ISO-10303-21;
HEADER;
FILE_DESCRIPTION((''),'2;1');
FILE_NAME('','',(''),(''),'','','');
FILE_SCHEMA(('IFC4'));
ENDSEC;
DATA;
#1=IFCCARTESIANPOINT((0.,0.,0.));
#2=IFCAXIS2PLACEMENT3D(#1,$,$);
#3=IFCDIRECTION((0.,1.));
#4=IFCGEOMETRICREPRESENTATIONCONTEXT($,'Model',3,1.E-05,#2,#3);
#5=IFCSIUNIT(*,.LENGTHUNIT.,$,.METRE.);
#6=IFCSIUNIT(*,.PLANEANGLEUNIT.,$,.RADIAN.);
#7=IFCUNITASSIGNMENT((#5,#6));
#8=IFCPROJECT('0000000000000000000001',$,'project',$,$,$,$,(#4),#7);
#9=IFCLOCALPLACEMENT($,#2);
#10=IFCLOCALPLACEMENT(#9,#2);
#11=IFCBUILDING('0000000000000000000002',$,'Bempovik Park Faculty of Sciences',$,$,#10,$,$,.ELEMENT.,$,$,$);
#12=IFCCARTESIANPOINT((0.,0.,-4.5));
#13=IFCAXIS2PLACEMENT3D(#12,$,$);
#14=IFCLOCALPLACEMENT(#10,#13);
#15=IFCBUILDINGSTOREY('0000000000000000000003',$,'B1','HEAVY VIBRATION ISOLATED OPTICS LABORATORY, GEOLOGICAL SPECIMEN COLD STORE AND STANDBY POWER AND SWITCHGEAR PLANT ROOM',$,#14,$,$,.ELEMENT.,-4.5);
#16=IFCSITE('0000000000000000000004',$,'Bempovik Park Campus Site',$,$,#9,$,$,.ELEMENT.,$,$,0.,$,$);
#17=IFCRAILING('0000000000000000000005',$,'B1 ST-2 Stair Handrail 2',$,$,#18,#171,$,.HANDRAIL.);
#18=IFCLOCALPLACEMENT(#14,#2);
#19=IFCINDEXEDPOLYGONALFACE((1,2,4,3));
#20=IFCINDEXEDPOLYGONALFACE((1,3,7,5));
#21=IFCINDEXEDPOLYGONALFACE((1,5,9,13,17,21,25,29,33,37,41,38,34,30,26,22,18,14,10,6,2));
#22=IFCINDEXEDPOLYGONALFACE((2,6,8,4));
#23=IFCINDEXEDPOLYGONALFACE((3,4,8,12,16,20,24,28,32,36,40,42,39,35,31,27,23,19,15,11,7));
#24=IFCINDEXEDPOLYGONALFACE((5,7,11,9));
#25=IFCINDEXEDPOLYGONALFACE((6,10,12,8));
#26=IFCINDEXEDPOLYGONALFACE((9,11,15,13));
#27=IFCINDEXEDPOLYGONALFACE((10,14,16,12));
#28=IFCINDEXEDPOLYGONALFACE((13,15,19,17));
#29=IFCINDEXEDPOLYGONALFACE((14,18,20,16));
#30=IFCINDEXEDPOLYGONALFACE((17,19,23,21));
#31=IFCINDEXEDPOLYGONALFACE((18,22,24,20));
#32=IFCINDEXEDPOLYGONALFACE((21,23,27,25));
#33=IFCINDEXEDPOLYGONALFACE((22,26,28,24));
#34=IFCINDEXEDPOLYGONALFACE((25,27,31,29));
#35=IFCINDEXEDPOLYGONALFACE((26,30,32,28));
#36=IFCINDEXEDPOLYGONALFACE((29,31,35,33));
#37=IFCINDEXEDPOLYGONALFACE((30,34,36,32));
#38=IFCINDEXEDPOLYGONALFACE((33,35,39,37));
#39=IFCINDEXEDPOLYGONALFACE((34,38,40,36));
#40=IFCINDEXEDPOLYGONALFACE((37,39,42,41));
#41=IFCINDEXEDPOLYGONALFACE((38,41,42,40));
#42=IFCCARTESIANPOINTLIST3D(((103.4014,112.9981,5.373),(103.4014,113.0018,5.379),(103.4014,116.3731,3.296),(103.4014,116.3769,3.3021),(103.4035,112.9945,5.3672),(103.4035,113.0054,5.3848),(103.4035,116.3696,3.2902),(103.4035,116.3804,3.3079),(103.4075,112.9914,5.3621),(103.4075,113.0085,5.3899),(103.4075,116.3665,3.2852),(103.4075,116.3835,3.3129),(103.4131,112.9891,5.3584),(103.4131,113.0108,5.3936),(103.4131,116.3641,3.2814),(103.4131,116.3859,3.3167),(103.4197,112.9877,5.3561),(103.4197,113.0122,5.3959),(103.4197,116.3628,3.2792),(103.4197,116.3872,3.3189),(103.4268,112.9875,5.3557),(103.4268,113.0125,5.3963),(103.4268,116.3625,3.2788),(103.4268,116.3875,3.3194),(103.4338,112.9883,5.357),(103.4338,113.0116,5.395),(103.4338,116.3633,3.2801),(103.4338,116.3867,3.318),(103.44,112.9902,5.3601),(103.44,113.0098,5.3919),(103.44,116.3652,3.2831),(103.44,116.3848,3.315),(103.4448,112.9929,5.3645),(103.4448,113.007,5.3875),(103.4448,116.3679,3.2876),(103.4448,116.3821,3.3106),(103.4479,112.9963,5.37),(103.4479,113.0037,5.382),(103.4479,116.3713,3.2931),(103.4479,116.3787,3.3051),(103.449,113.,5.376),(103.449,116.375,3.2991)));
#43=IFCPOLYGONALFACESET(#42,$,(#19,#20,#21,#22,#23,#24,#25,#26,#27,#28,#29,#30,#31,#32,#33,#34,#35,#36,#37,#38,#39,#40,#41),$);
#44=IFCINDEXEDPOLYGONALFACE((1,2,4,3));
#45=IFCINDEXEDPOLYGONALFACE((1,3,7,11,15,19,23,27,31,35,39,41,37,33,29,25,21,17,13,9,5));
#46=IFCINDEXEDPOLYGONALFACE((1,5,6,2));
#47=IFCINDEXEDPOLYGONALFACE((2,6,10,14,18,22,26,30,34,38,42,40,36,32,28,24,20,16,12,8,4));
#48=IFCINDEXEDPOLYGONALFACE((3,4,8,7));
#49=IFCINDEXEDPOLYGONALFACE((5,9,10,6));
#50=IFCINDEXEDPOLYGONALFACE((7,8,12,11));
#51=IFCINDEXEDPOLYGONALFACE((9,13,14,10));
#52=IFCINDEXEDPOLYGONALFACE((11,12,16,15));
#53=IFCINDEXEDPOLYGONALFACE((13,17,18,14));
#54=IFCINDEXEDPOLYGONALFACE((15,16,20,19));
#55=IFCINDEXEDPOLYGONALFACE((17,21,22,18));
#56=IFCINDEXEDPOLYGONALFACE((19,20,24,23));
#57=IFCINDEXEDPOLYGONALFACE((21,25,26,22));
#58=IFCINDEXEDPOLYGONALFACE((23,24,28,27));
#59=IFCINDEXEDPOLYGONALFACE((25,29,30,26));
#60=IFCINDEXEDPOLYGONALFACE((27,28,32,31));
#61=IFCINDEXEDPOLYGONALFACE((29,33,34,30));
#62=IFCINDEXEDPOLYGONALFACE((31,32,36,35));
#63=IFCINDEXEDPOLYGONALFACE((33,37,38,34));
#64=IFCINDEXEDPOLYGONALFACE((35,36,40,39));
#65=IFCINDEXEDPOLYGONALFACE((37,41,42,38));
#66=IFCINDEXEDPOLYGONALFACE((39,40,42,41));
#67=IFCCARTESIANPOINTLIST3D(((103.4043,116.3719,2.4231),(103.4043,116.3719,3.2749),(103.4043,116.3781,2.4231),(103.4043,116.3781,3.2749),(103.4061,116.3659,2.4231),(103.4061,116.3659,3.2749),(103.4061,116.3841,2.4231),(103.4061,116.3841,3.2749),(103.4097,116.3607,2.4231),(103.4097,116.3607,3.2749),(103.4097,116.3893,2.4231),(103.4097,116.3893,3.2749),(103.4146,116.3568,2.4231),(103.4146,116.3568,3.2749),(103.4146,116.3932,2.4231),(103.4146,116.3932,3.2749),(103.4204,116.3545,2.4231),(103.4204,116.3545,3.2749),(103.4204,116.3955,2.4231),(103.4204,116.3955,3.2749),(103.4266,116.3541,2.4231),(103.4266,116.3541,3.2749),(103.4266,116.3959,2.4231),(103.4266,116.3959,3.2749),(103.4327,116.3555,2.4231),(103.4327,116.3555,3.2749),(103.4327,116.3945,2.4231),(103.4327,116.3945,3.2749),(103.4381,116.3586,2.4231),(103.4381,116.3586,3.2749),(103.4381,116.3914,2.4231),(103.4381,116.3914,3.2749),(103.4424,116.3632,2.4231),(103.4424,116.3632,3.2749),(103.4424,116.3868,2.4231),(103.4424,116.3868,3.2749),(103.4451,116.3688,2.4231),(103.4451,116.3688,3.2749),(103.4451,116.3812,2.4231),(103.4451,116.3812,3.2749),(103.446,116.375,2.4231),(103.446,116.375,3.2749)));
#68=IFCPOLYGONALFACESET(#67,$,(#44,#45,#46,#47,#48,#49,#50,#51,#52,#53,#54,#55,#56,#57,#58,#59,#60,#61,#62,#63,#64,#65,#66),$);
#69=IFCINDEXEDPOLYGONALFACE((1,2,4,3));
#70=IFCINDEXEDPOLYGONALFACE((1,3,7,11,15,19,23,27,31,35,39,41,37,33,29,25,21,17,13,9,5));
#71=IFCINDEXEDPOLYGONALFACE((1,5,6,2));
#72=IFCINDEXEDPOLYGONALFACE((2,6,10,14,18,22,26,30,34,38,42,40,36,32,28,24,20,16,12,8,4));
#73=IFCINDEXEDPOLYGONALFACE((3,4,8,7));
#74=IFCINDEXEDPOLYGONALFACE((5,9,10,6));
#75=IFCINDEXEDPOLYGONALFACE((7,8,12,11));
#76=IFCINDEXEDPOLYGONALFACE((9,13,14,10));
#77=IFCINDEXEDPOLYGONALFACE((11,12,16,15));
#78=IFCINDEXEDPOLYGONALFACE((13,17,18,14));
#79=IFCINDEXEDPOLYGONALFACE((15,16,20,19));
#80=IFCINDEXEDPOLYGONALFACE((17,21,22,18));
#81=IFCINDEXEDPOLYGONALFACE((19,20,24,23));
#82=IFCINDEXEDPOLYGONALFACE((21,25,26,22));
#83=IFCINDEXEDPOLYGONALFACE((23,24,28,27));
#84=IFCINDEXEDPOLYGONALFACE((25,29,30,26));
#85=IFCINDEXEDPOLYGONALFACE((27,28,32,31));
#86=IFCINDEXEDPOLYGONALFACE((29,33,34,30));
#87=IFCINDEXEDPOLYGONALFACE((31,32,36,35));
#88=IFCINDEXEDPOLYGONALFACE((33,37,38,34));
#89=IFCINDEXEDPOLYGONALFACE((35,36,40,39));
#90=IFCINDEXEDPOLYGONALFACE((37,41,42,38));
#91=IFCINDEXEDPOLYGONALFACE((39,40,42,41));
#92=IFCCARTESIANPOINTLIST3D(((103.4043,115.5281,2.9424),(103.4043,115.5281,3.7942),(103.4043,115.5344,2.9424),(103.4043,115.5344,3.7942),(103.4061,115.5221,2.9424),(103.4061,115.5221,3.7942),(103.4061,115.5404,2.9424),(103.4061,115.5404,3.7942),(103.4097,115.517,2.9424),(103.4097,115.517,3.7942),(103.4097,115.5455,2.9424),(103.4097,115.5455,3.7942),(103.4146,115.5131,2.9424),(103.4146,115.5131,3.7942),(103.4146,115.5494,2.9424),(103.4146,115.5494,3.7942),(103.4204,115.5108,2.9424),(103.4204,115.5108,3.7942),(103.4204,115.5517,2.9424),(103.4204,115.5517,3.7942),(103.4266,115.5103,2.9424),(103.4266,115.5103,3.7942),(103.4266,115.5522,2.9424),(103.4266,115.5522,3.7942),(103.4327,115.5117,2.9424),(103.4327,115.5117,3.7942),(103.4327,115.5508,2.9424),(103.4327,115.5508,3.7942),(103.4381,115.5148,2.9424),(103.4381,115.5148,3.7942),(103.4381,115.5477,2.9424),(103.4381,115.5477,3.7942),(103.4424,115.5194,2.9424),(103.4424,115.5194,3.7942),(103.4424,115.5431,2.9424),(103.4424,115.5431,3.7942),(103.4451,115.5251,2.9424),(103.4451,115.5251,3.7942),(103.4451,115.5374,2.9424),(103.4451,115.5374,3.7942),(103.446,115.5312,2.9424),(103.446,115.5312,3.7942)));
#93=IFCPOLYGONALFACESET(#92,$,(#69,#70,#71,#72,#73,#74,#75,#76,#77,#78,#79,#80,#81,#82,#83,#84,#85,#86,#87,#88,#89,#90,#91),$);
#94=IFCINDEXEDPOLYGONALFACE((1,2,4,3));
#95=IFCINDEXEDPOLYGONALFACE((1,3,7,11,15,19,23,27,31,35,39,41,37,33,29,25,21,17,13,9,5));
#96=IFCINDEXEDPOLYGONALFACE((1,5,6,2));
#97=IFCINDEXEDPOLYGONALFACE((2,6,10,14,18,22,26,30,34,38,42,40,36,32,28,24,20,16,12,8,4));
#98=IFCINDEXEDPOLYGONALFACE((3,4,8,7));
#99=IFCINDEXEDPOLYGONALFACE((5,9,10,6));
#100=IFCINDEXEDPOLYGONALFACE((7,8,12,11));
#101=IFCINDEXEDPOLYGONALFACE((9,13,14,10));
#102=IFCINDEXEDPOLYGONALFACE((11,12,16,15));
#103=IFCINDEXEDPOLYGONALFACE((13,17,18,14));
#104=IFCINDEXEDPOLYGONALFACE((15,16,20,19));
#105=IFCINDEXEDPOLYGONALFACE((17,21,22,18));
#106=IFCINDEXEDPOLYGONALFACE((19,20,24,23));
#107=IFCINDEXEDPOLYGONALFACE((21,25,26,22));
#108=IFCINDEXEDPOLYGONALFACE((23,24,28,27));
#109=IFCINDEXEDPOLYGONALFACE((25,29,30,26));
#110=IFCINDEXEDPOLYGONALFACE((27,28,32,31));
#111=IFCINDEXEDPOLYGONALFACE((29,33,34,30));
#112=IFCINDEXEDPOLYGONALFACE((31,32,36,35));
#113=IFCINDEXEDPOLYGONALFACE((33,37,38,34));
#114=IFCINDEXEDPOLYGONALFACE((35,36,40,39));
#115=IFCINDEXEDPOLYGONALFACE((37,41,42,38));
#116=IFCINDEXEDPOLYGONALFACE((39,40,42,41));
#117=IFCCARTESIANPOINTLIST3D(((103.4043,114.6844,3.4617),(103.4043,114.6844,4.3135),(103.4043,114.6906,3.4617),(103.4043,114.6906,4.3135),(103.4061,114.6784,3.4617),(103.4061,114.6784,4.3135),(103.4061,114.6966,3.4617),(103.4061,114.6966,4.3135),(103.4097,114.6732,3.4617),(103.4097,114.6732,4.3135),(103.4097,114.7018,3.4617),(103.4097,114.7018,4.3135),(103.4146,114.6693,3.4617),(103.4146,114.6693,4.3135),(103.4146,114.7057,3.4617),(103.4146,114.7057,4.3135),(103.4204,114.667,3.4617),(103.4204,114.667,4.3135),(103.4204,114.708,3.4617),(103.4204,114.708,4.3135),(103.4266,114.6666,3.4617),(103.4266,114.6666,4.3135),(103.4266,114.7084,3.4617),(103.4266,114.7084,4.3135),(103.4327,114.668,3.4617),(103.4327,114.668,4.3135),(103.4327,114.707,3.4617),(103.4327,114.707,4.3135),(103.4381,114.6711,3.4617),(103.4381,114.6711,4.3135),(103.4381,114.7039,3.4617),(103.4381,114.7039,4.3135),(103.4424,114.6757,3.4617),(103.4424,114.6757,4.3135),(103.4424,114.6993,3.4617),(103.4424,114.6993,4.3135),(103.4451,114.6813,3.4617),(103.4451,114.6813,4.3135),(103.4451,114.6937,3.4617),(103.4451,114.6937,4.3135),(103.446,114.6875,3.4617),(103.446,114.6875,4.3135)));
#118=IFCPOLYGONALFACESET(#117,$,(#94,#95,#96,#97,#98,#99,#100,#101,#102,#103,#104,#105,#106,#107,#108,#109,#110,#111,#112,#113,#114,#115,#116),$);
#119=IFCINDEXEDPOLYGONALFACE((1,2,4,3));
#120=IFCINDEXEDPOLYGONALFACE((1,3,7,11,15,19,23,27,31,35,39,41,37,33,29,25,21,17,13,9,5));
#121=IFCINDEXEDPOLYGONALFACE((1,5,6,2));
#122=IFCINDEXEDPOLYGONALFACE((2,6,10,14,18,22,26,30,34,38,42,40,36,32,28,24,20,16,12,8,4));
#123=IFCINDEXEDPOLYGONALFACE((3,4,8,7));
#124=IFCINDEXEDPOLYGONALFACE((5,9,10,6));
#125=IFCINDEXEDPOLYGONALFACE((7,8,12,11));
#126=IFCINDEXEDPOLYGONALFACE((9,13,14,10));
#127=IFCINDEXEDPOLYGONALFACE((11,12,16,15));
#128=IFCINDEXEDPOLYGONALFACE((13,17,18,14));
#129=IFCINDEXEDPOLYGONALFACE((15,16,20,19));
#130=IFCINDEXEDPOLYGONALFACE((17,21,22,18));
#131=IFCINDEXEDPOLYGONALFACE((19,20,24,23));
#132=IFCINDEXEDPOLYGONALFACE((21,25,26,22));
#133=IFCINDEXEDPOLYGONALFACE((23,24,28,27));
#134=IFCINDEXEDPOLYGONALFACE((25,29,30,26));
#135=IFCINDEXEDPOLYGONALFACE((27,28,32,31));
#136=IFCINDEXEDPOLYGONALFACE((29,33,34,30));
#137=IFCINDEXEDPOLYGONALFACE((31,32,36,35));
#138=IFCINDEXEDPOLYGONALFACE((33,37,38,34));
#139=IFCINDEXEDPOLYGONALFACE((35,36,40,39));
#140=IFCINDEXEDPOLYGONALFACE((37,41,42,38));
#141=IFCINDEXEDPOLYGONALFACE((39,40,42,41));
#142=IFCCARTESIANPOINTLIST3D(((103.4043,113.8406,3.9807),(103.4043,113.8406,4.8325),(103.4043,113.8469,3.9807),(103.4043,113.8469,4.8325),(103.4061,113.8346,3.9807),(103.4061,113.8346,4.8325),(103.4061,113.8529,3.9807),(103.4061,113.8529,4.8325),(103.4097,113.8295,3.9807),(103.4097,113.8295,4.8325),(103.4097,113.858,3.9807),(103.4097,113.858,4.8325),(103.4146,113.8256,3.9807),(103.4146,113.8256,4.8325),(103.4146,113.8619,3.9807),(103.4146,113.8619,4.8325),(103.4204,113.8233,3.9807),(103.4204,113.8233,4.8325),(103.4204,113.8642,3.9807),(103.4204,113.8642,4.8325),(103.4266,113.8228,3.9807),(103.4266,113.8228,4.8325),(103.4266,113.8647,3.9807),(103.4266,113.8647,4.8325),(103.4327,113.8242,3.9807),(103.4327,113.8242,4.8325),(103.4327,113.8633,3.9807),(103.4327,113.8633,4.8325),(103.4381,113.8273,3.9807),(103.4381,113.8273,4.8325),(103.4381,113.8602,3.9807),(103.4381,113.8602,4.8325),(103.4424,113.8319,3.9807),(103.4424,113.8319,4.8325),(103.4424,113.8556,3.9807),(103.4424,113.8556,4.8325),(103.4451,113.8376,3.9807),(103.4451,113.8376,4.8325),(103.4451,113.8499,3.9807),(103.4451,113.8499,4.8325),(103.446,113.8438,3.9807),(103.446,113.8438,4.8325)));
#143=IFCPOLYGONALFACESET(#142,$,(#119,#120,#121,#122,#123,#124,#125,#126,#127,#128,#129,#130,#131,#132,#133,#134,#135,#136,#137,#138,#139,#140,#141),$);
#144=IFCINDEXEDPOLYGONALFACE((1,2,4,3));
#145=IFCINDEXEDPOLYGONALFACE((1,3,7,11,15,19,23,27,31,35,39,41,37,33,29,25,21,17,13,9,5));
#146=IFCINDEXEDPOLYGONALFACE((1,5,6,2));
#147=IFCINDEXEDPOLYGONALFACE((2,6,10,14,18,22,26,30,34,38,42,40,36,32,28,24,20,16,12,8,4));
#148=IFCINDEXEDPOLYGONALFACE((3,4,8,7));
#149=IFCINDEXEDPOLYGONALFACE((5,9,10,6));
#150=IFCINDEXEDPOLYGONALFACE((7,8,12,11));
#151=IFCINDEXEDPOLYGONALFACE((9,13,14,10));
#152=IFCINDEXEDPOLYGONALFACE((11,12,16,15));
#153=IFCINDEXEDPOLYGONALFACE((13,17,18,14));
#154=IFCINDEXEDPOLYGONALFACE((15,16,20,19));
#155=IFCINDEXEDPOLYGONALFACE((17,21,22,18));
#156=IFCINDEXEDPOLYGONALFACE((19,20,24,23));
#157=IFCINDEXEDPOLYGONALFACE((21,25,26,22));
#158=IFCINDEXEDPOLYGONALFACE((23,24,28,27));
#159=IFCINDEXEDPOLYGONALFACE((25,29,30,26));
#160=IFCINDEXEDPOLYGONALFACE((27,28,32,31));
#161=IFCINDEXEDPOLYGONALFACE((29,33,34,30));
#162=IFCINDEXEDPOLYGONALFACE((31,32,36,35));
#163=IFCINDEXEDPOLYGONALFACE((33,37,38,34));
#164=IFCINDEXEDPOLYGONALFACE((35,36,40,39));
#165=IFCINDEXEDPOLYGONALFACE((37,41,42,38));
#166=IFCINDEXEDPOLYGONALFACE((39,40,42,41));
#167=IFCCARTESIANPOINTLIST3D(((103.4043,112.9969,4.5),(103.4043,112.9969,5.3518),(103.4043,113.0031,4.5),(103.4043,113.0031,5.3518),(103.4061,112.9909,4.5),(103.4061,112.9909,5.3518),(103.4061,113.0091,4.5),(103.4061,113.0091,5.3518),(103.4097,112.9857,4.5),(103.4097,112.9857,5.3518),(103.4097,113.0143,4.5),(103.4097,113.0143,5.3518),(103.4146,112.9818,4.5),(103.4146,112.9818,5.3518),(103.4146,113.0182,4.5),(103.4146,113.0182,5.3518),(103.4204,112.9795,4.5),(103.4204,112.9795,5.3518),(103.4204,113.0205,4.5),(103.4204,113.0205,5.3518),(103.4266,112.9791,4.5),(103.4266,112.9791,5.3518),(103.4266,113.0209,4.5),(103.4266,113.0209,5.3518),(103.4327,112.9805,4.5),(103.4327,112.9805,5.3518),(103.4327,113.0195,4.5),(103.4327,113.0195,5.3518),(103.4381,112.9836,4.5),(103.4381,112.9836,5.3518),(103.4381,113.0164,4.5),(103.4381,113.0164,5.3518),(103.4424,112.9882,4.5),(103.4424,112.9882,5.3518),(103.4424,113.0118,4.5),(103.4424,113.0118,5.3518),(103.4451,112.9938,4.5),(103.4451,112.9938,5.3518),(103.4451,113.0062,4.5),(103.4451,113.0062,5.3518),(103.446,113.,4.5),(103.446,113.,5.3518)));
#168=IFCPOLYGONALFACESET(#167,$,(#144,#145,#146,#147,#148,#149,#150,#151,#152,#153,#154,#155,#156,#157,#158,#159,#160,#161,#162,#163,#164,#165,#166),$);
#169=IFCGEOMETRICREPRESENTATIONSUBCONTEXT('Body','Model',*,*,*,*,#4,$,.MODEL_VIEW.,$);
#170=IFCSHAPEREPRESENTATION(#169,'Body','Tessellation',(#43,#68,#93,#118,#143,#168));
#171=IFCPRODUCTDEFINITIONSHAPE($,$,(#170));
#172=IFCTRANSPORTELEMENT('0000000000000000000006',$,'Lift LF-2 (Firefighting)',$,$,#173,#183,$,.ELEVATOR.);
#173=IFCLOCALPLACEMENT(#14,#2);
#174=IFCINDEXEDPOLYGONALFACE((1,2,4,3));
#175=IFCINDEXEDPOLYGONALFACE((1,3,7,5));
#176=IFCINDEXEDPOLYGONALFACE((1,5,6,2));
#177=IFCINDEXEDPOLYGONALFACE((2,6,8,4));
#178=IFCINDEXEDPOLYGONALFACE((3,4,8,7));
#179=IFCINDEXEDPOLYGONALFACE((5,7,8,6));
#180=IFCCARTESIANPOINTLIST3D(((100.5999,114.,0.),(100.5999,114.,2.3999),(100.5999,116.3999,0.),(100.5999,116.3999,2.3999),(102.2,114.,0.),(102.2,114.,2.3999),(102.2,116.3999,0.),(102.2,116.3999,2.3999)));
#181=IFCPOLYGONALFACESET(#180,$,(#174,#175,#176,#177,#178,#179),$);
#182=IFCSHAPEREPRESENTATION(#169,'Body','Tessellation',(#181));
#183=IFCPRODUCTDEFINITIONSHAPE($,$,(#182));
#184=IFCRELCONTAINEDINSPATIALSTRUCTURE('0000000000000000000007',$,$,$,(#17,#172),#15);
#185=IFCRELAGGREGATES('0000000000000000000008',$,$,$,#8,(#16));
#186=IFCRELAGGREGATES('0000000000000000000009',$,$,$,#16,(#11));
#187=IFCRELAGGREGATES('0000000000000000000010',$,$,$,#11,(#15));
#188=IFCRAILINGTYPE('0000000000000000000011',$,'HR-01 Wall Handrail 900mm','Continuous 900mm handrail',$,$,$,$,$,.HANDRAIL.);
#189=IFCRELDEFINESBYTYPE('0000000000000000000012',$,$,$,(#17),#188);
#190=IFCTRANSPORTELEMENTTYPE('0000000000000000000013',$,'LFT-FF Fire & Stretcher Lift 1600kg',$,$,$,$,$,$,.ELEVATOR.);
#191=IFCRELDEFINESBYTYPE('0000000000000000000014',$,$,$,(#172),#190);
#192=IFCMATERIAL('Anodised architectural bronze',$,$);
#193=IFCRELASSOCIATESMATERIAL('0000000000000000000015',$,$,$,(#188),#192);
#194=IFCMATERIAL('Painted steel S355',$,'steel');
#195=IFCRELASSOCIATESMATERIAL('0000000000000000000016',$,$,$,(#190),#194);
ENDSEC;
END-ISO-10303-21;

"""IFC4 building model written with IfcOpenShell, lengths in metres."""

from ifc_helpers import new_model, si_unit, direction, frame, origin, origin_2d, place, context, subcontext, project, spatial, rectangle, circle, extrude, material, type_object, element, save


model = new_model("IFC4")

# Units and contexts
model_context = context("Model", 3, precision=1e-05, world=origin(), true_north=direction((0.0, 1.0)))
body_context = subcontext(model_context, "Body", "Model", "MODEL_VIEW")
ifc_project = project(units=[si_unit("LENGTHUNIT", "METRE"), si_unit("PLANEANGLEUNIT", "RADIAN")], contexts=[model_context])

# Site, building, storey
site_placement = place(None, origin())
site = spatial("IfcSite", under=ifc_project, at=site_placement, Name="Bempovik Park Campus Site", CompositionType="ELEMENT", RefElevation=0.0)
building_placement = place(site_placement, origin())
building = spatial("IfcBuilding", under=site, at=building_placement, Name="Bempovik Park Faculty of Sciences", CompositionType="ELEMENT")
storey_placement = place(building_placement, frame((0.0, 0.0, -4.5)))
storey = spatial("IfcBuildingStorey", under=building, at=storey_placement, Name="B1", Description="HEAVY VIBRATION ISOLATED OPTICS LABORATORY, GEOLOGICAL SPECIMEN COLD STORE AND STANDBY POWER AND SWITCHGEAR PLANT ROOM", CompositionType="ELEMENT", Elevation=-4.5)

# Shared definitions
ifc_material_1 = material(Name="Painted steel S355", Category="steel")

# Railing
ifc_material_2 = material(Name="Anodised architectural bronze")
railing_type_1 = type_object("IfcRailingType", Name="HR-01 Wall Handrail 900mm", Description="Continuous 900mm handrail", PredefinedType="HANDRAIL", material=ifc_material_2)
railing_1_placement = place(storey_placement, frame((103.425, 116.375, 2.4231)))
element("IfcRailing", 1, at=railing_1_placement, inside=storey, type_object=railing_type_1, Name="B1 ST-2 Stair Handrail 2", PredefinedType="HANDRAIL", context=body_context, shape_type="SweptSolid", body=[
    extrude(circle(Radius=0.0239, at=origin_2d()), frame((0.0, 0.0, 0.876), z_axis=(0.0, -0.85166, 0.524094), x_axis=(1.0, 0.0, 0.0)), (0.0, 0.0, 1.0), 3.9629),
    extrude(circle(Radius=0.021, at=origin_2d()), origin(), (0.0, 0.0, 1.0), 0.8518),
    extrude(circle(Radius=0.021, at=origin_2d()), frame((0.0, -0.8438, 0.5193)), (0.0, 0.0, 1.0), 0.8518),
    extrude(circle(Radius=0.021, at=origin_2d()), frame((0.0, -1.6875, 1.0386)), (0.0, 0.0, 1.0), 0.8518),
    extrude(circle(Radius=0.021, at=origin_2d()), frame((0.0, -2.5312, 1.5576)), (0.0, 0.0, 1.0), 0.8518),
    extrude(circle(Radius=0.021, at=origin_2d()), frame((0.0, -3.375, 2.0769)), (0.0, 0.0, 1.0), 0.8518),
])

# Transport element
transport_element_type = type_object("IfcTransportElementType", Name="LFT-FF Fire & Stretcher Lift 1600kg", PredefinedType="ELEVATOR", material=ifc_material_1)
transport_element_placement = place(storey_placement, frame((101.3999, 115.2, 0.0), z_axis=(0.0, 0.0, 1.0), x_axis=(1.0, 0.0, 0.0)))
element("IfcTransportElement", 2, at=transport_element_placement, inside=storey, type_object=transport_element_type, Name="Lift LF-2 (Firefighting)", PredefinedType="ELEVATOR", context=body_context, shape_type="SweptSolid", body=[
    extrude(rectangle(XDim=1.6001, YDim=2.3999, at=origin_2d()), origin(), (0.0, 0.0, 1.0), 2.3999),
])

save(model, "model.ifc")
